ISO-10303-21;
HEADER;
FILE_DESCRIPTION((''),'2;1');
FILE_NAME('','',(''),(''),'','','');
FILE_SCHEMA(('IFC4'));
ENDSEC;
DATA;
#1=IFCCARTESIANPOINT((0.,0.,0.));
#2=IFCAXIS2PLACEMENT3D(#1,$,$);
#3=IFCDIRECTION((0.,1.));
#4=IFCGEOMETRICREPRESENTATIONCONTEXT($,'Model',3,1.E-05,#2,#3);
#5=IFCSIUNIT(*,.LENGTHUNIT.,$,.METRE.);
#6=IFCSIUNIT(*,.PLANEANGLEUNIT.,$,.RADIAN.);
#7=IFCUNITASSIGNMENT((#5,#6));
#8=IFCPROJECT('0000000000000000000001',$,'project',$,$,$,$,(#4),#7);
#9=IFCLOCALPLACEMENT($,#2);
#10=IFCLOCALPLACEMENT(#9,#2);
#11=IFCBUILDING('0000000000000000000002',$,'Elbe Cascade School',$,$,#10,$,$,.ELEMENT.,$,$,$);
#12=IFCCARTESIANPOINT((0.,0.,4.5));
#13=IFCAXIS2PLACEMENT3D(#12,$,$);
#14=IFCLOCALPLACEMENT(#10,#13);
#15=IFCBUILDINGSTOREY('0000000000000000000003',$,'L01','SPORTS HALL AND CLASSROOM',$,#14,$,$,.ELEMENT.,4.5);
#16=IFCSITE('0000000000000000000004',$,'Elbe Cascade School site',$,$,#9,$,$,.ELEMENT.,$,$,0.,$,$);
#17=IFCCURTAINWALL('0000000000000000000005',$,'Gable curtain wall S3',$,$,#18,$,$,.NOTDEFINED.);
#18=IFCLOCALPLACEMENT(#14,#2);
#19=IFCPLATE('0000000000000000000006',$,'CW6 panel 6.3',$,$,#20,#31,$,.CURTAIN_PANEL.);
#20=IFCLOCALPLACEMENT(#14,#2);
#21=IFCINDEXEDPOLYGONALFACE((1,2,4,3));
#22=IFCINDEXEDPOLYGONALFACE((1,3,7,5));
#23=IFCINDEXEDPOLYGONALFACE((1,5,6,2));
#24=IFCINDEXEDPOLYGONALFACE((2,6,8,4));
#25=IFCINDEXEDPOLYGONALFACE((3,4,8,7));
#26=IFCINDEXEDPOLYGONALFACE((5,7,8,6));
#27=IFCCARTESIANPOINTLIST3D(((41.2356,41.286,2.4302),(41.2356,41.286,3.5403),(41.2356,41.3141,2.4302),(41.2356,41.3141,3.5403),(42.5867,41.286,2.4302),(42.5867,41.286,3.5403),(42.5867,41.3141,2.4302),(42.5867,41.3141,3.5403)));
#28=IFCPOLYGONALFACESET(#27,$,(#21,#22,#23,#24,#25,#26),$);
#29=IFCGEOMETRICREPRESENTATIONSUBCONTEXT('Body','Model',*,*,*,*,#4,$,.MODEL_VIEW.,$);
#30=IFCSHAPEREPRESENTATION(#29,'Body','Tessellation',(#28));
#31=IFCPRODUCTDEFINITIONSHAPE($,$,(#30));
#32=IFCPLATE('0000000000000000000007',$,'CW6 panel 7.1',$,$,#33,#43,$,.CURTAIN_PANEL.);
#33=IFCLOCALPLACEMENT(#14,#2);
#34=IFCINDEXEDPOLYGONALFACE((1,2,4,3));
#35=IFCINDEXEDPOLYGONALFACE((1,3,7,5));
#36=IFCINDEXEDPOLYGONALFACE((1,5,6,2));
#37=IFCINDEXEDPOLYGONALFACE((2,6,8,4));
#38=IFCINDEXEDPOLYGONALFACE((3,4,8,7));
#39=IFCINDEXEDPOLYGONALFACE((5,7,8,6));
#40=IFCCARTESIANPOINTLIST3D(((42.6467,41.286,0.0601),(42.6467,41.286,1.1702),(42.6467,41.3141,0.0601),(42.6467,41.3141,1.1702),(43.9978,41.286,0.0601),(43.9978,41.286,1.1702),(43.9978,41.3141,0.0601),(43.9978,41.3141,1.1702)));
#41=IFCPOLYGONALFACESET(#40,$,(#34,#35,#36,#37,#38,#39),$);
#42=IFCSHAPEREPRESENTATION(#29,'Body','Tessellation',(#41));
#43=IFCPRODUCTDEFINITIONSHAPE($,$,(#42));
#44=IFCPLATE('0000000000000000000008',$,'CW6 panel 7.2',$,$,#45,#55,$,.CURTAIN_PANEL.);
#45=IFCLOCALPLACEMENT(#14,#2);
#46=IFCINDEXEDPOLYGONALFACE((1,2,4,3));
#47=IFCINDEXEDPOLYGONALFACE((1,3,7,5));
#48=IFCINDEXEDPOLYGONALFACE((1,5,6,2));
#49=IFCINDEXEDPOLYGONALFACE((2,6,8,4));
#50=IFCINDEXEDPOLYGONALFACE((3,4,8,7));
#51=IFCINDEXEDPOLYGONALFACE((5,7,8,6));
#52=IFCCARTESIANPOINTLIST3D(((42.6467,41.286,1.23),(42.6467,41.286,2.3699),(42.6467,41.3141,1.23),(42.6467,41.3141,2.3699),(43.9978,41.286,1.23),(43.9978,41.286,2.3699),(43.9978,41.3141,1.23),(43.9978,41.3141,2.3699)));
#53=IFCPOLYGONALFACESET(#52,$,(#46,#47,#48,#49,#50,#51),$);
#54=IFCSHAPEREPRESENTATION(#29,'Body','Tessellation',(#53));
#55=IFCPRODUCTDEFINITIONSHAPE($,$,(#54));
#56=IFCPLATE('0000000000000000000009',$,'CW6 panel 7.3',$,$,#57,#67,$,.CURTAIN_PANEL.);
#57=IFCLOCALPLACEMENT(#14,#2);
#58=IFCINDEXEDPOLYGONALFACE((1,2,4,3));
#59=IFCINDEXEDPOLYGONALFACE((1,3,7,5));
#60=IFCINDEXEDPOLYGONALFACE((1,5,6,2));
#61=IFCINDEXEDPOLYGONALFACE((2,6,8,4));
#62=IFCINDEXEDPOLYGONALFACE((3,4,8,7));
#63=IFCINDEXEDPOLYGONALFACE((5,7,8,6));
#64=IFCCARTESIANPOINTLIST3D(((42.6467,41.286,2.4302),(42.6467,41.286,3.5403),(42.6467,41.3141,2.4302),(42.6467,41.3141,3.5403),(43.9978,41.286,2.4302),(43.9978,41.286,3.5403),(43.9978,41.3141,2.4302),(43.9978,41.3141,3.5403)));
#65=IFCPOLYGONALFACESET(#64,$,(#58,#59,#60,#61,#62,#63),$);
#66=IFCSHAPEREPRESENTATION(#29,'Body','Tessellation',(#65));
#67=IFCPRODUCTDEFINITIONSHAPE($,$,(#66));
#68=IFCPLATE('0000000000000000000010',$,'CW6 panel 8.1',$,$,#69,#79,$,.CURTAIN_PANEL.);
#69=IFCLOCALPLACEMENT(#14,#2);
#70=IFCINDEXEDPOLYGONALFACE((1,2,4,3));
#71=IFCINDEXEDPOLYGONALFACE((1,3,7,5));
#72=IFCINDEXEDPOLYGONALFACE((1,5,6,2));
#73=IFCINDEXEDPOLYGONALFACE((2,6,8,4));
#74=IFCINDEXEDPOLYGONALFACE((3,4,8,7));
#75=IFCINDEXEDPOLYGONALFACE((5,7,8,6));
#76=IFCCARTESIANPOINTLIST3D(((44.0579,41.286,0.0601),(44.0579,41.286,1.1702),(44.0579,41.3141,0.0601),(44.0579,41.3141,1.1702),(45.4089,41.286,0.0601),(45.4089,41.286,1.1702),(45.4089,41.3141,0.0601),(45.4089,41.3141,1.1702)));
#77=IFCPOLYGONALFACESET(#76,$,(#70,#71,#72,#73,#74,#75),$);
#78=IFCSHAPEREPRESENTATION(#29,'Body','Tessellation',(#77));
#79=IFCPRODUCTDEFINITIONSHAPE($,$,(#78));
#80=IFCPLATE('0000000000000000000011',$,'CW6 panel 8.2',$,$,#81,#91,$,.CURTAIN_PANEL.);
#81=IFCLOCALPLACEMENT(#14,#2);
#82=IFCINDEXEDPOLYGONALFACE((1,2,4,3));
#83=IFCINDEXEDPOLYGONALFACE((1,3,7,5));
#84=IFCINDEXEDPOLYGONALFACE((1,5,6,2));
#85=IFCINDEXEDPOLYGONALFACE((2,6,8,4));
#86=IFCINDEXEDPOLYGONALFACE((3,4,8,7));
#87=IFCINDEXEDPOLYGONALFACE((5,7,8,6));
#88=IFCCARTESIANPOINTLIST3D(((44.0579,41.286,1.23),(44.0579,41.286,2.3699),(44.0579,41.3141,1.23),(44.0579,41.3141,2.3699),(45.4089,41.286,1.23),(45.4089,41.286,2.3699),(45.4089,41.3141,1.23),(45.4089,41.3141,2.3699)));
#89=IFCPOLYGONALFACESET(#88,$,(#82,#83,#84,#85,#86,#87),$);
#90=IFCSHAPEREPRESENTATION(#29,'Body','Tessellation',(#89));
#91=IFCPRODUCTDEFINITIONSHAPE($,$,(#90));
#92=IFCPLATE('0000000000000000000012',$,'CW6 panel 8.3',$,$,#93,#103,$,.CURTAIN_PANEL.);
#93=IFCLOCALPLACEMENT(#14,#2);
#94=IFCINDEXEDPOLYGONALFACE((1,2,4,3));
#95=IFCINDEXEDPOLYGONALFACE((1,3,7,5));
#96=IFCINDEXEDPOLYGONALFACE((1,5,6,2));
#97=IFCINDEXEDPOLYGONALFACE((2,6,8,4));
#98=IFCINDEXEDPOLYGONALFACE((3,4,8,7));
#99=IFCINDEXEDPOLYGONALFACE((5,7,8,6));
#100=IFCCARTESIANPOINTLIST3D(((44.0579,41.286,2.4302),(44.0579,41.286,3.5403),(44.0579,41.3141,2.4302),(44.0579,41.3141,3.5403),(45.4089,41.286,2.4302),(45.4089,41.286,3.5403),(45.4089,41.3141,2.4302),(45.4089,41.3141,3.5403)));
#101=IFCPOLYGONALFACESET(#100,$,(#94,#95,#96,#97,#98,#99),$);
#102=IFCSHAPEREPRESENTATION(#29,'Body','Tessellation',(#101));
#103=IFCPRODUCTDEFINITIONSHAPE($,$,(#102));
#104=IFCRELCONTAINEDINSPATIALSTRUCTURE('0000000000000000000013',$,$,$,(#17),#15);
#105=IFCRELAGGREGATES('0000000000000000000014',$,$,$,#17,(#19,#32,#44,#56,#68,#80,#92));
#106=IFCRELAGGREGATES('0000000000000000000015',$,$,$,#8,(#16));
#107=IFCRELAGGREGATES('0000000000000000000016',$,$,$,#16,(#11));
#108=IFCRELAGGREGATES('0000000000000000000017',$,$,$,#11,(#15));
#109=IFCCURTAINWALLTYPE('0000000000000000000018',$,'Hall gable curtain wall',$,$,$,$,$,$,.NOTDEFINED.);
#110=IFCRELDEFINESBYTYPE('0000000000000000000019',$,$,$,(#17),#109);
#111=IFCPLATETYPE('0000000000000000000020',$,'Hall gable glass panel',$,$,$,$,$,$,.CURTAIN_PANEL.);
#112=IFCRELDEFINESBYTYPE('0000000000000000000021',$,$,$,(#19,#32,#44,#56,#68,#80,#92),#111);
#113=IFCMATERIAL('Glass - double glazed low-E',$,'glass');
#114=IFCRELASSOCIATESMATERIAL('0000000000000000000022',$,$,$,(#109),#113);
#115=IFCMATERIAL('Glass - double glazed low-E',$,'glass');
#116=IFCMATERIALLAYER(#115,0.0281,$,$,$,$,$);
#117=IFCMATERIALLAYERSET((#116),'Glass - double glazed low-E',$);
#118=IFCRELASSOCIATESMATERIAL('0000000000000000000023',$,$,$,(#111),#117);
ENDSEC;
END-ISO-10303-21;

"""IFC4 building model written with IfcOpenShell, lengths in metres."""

from ifc_helpers import new_model, si_unit, direction, frame, origin, origin_2d, place, context, subcontext, project, spatial, rectangle, extrude, material, layer, layer_set, type_object, element, aggregate, save


model = new_model("IFC4")

# Units and contexts
model_context = context("Model", 3, precision=1e-05, world=origin(), true_north=direction((0.0, 1.0)))
body_context = subcontext(model_context, "Body", "Model", "MODEL_VIEW")
ifc_project = project(units=[si_unit("LENGTHUNIT", "METRE"), si_unit("PLANEANGLEUNIT", "RADIAN")], contexts=[model_context])

# Site, building, storey
site_placement = place(None, origin())
site = spatial("IfcSite", under=ifc_project, at=site_placement, Name="Elbe Cascade School site", CompositionType="ELEMENT", RefElevation=0.0)
building_placement = place(site_placement, origin())
building = spatial("IfcBuilding", under=site, at=building_placement, Name="Elbe Cascade School", CompositionType="ELEMENT")
storey_placement = place(building_placement, frame((0.0, 0.0, 4.5)))
storey = spatial("IfcBuildingStorey", under=building, at=storey_placement, Name="L01", Description="SPORTS HALL AND CLASSROOM", CompositionType="ELEMENT", Elevation=4.5)

# Curtain wall, plates
ifc_material_1 = material(Name="Glass - double glazed low-E", Category="glass")
curtain_wall_type = type_object("IfcCurtainWallType", Name="Hall gable curtain wall", PredefinedType="NOTDEFINED", material=ifc_material_1)
curtain_wall_placement = place(storey_placement, origin())
curtain_wall = element("IfcCurtainWall", 1, at=curtain_wall_placement, inside=storey, type_object=curtain_wall_type, Name="Gable curtain wall S3", PredefinedType="NOTDEFINED")
ifc_material_2 = material(Name="Glass - double glazed low-E", Category="glass")
ifc_layer = layer(ifc_material_2, 0.0281)
ifc_layer_set = layer_set([ifc_layer], Name="Glass - double glazed low-E")
plate_type = type_object("IfcPlateType", Name="Hall gable glass panel", PredefinedType="CURTAIN_PANEL", material=ifc_layer_set)
plate_1_placement = place(storey_placement, frame((41.9111, 41.3, 2.4302), z_axis=(0.0, 0.0, 1.0), x_axis=(1.0, 0.0, 0.0)))
plate_1 = element("IfcPlate", 2, at=plate_1_placement, type_object=plate_type, Name="CW6 panel 6.3", PredefinedType="CURTAIN_PANEL", context=body_context, shape_type="SweptSolid", body=[
    extrude(rectangle(XDim=1.3511, YDim=0.0281, at=origin_2d()), origin(), (0.0, 0.0, 1.0), 1.1101),
])
plate_2_placement = place(storey_placement, frame((43.3223, 41.3, 0.0601), z_axis=(0.0, 0.0, 1.0), x_axis=(1.0, 0.0, 0.0)))
plate_2 = element("IfcPlate", 3, at=plate_2_placement, type_object=plate_type, Name="CW6 panel 7.1", PredefinedType="CURTAIN_PANEL", context=body_context, shape_type="SweptSolid", body=[
    extrude(rectangle(XDim=1.3511, YDim=0.0281, at=origin_2d()), origin(), (0.0, 0.0, 1.0), 1.1101),
])
plate_3_placement = place(storey_placement, frame((43.3223, 41.3, 1.23), z_axis=(0.0, 0.0, 1.0), x_axis=(1.0, 0.0, 0.0)))
plate_3 = element("IfcPlate", 4, at=plate_3_placement, type_object=plate_type, Name="CW6 panel 7.2", PredefinedType="CURTAIN_PANEL", context=body_context, shape_type="SweptSolid", body=[
    extrude(rectangle(XDim=1.3511, YDim=0.0281, at=origin_2d()), origin(), (0.0, 0.0, 1.0), 1.1399),
])
plate_4_placement = place(storey_placement, frame((43.3223, 41.3, 2.4302), z_axis=(0.0, 0.0, 1.0), x_axis=(1.0, 0.0, 0.0)))
plate_4 = element("IfcPlate", 5, at=plate_4_placement, type_object=plate_type, Name="CW6 panel 7.3", PredefinedType="CURTAIN_PANEL", context=body_context, shape_type="SweptSolid", body=[
    extrude(rectangle(XDim=1.3511, YDim=0.0281, at=origin_2d()), origin(), (0.0, 0.0, 1.0), 1.1101),
])
plate_5_placement = place(storey_placement, frame((44.7334, 41.3, 0.0601), z_axis=(0.0, 0.0, 1.0), x_axis=(1.0, 0.0, 0.0)))
plate_5 = element("IfcPlate", 6, at=plate_5_placement, type_object=plate_type, Name="CW6 panel 8.1", PredefinedType="CURTAIN_PANEL", context=body_context, shape_type="SweptSolid", body=[
    extrude(rectangle(XDim=1.3511, YDim=0.0281, at=origin_2d()), origin(), (0.0, 0.0, 1.0), 1.1101),
])
plate_6_placement = place(storey_placement, frame((44.7334, 41.3, 1.23), z_axis=(0.0, 0.0, 1.0), x_axis=(1.0, 0.0, 0.0)))
plate_6 = element("IfcPlate", 7, at=plate_6_placement, type_object=plate_type, Name="CW6 panel 8.2", PredefinedType="CURTAIN_PANEL", context=body_context, shape_type="SweptSolid", body=[
    extrude(rectangle(XDim=1.3511, YDim=0.0281, at=origin_2d()), origin(), (0.0, 0.0, 1.0), 1.1399),
])
plate_7_placement = place(storey_placement, frame((44.7334, 41.3, 2.4302), z_axis=(0.0, 0.0, 1.0), x_axis=(1.0, 0.0, 0.0)))
plate_7 = element("IfcPlate", 8, at=plate_7_placement, type_object=plate_type, Name="CW6 panel 8.3", PredefinedType="CURTAIN_PANEL", context=body_context, shape_type="SweptSolid", body=[
    extrude(rectangle(XDim=1.3511, YDim=0.0281, at=origin_2d()), origin(), (0.0, 0.0, 1.0), 1.1101),
])
aggregate(curtain_wall, [plate_1, plate_2, plate_3, plate_4, plate_5, plate_6, plate_7])

save(model, "model.ifc")
